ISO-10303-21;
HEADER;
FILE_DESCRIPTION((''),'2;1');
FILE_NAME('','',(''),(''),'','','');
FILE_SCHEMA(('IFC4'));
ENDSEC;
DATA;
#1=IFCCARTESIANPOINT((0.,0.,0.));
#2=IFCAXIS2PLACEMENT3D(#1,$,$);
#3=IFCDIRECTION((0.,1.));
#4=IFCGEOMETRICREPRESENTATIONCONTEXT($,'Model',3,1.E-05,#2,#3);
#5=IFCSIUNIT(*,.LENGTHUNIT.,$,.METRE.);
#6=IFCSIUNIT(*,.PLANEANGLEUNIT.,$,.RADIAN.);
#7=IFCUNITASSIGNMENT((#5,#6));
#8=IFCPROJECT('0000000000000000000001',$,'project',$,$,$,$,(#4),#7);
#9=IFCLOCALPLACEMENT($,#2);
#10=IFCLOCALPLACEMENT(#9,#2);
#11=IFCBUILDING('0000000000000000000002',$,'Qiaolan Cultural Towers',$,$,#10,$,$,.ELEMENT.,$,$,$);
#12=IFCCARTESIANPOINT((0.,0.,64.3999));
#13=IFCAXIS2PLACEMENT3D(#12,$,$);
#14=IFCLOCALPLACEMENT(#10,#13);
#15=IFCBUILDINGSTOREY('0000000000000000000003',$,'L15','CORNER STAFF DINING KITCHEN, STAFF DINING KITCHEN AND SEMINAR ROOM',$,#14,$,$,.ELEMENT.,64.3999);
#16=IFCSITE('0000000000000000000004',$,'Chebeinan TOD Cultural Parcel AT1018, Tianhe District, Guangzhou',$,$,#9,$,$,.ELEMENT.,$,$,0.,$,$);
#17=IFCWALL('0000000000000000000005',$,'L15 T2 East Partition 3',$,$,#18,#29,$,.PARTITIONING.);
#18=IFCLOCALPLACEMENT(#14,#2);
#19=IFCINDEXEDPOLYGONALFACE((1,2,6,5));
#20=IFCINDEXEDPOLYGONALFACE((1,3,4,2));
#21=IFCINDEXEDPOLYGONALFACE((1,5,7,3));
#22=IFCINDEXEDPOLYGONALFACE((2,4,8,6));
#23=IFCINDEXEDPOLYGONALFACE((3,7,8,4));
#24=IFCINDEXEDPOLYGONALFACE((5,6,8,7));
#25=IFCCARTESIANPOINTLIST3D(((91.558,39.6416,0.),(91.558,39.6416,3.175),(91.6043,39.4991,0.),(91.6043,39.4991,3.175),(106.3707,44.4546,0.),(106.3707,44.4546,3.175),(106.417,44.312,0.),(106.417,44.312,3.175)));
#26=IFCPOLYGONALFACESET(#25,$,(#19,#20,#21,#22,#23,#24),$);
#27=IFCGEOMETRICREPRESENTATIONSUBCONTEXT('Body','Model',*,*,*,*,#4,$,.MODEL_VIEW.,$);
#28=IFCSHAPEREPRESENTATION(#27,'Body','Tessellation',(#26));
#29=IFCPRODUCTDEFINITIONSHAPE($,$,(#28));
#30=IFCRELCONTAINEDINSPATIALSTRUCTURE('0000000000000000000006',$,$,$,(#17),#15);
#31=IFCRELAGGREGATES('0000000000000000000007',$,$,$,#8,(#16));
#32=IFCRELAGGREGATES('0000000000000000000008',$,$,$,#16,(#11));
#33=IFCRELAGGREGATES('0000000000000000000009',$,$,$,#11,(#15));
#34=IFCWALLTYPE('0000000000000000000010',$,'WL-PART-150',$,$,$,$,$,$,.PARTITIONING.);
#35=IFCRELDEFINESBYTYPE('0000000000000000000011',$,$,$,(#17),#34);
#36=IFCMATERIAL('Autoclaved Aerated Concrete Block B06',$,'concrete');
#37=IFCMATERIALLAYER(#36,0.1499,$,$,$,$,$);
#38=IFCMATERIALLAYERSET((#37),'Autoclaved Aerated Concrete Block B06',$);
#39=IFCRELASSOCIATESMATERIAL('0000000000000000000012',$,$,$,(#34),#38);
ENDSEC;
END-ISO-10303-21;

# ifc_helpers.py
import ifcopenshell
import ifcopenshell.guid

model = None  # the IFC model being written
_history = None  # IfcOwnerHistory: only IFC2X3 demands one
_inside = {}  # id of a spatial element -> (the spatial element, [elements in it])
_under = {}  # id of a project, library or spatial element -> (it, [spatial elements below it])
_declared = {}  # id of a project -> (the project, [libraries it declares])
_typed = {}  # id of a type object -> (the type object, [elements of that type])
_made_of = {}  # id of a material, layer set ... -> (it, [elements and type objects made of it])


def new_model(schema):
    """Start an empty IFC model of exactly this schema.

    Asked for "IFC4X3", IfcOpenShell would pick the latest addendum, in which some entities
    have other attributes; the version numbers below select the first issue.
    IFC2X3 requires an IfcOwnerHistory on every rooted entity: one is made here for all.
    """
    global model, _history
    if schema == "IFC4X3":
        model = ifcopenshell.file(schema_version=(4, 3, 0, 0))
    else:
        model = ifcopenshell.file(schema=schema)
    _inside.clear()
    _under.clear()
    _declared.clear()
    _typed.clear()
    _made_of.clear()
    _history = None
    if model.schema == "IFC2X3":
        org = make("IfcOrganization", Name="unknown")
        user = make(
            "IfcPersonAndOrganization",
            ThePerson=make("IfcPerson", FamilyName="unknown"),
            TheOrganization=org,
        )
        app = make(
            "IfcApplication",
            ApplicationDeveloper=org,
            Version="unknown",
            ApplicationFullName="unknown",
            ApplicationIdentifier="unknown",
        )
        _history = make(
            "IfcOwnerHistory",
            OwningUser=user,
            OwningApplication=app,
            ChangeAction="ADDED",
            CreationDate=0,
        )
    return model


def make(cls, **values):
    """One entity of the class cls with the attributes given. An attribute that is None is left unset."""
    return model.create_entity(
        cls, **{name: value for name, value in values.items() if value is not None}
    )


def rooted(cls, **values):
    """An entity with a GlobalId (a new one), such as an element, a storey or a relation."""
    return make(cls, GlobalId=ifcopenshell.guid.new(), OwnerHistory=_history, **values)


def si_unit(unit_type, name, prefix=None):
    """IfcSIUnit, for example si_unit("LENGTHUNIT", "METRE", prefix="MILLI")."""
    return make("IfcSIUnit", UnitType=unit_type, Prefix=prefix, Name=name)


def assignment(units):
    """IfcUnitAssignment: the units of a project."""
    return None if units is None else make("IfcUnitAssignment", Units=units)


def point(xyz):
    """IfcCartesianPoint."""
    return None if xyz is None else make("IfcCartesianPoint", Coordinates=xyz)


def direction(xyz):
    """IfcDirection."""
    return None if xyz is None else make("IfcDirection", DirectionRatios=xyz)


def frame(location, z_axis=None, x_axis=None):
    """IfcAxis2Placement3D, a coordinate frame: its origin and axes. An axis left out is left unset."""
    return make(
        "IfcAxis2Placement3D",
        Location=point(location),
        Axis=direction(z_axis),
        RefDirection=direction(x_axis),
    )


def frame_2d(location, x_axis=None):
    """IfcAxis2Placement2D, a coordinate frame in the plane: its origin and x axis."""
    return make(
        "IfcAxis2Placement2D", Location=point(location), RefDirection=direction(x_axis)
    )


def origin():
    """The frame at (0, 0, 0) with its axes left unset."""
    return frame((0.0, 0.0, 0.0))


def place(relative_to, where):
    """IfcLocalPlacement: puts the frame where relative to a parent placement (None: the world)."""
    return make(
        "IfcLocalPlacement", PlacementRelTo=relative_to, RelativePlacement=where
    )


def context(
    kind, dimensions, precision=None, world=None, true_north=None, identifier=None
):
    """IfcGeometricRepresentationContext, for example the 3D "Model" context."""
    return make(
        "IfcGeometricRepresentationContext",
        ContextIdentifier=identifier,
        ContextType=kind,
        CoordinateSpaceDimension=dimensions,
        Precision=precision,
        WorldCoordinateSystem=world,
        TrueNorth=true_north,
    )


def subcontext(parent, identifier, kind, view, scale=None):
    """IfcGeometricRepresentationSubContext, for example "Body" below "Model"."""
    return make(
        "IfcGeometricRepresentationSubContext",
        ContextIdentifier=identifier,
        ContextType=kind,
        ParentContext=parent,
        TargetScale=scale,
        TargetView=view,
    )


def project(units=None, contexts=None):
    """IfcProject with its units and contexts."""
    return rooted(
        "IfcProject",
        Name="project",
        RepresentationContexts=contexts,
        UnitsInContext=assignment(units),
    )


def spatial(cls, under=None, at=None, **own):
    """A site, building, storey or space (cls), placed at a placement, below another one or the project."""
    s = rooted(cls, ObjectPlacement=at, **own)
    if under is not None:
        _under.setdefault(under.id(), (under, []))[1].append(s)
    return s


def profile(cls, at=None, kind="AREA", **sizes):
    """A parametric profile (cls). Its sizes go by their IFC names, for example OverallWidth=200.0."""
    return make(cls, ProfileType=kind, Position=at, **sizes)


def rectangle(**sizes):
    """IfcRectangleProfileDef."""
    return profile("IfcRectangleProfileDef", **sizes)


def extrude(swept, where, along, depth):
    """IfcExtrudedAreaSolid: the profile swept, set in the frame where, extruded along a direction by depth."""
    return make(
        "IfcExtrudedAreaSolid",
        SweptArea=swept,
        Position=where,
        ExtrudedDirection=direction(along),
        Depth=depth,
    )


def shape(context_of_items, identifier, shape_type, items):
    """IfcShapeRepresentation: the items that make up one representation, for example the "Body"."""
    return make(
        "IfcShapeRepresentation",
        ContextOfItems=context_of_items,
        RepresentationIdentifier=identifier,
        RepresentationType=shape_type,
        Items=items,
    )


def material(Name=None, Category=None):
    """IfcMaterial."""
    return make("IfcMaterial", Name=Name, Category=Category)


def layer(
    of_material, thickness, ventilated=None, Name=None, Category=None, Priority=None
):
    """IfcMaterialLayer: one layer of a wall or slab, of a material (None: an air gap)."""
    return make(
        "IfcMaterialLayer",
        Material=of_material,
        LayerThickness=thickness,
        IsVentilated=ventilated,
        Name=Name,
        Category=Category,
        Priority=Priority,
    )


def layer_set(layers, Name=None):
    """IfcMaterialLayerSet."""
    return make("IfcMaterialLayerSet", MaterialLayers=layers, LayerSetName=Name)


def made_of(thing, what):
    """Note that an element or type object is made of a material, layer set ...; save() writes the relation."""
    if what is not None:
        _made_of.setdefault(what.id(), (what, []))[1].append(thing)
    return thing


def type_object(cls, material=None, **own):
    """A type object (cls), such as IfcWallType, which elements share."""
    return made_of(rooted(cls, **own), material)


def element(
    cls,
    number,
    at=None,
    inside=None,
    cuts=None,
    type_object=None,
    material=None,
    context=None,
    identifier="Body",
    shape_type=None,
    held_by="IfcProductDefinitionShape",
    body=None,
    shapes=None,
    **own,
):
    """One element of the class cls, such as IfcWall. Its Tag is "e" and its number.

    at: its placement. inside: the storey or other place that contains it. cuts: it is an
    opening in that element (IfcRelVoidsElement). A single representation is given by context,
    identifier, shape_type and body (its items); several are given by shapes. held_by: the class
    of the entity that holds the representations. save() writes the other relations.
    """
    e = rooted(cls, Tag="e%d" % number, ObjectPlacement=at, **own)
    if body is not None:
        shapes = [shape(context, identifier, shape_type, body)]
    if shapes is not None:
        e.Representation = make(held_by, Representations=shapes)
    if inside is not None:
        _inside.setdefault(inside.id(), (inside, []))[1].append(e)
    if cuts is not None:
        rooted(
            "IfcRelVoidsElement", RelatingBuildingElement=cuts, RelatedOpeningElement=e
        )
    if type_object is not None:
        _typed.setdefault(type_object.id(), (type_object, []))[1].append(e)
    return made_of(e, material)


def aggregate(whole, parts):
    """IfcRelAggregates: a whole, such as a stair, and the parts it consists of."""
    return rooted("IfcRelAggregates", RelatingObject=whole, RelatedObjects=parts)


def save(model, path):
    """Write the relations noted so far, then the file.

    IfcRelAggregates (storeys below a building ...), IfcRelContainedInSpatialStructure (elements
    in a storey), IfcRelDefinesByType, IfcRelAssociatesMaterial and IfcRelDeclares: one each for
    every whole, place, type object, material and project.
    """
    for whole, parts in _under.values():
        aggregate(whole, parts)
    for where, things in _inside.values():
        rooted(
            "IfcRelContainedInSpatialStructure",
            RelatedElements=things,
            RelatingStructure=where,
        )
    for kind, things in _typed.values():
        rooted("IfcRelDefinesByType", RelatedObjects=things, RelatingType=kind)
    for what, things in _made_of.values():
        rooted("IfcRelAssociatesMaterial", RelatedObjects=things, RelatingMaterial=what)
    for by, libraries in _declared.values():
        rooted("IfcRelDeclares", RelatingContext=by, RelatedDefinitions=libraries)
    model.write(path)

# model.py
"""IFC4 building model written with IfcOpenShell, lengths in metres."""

from ifc_helpers import new_model, si_unit, direction, frame, frame_2d, origin, place, context, subcontext, project, spatial, rectangle, extrude, material, layer, layer_set, type_object, element, save


model = new_model("IFC4")

# Units and contexts
model_context = context("Model", 3, precision=1e-05, world=origin(), true_north=direction((0.0, 1.0)))
body_context = subcontext(model_context, "Body", "Model", "MODEL_VIEW")
ifc_project = project(units=[si_unit("LENGTHUNIT", "METRE"), si_unit("PLANEANGLEUNIT", "RADIAN")], contexts=[model_context])

# Site, building, storey
site_placement = place(None, origin())
site = spatial("IfcSite", under=ifc_project, at=site_placement, Name="Chebeinan TOD Cultural Parcel AT1018, Tianhe District, Guangzhou", CompositionType="ELEMENT", RefElevation=0.0)
building_placement = place(site_placement, origin())
building = spatial("IfcBuilding", under=site, at=building_placement, Name="Qiaolan Cultural Towers", CompositionType="ELEMENT")
storey_placement = place(building_placement, frame((0.0, 0.0, 64.3999)))
storey = spatial("IfcBuildingStorey", under=building, at=storey_placement, Name="L15", Description="CORNER STAFF DINING KITCHEN, STAFF DINING KITCHEN AND SEMINAR ROOM", CompositionType="ELEMENT", Elevation=64.3999)

# Shared definitions
ifc_material_1 = material(Name="Autoclaved Aerated Concrete Block B06", Category="concrete")
ifc_layer = layer(ifc_material_1, 0.1499)
ifc_layer_set = layer_set([ifc_layer], Name="Autoclaved Aerated Concrete Block B06")
wall_type = type_object("IfcWallType", Name="WL-PART-150", PredefinedType="PARTITIONING", material=ifc_layer_set)

# Wall
for number, where, z_axis, x_axis, name in (
    (1, (91.5811, 39.5703, 0.0), (0.0, 0.0, 1.0), (0.951056, 0.309019, 0.0), "L15 T2 East Partition 3"),
):
    element("IfcWall", number, at=place(storey_placement, frame(where, z_axis=z_axis, x_axis=x_axis)), inside=storey, type_object=wall_type, Name=name, PredefinedType="PARTITIONING", context=body_context, shape_type="SweptSolid", body=[
        extrude(rectangle(XDim=15.575, YDim=0.1499, at=frame_2d((7.7876, 0.0))), origin(), (0.0, 0.0, 1.0), 3.175),
    ])

save(model, "model.ifc")
